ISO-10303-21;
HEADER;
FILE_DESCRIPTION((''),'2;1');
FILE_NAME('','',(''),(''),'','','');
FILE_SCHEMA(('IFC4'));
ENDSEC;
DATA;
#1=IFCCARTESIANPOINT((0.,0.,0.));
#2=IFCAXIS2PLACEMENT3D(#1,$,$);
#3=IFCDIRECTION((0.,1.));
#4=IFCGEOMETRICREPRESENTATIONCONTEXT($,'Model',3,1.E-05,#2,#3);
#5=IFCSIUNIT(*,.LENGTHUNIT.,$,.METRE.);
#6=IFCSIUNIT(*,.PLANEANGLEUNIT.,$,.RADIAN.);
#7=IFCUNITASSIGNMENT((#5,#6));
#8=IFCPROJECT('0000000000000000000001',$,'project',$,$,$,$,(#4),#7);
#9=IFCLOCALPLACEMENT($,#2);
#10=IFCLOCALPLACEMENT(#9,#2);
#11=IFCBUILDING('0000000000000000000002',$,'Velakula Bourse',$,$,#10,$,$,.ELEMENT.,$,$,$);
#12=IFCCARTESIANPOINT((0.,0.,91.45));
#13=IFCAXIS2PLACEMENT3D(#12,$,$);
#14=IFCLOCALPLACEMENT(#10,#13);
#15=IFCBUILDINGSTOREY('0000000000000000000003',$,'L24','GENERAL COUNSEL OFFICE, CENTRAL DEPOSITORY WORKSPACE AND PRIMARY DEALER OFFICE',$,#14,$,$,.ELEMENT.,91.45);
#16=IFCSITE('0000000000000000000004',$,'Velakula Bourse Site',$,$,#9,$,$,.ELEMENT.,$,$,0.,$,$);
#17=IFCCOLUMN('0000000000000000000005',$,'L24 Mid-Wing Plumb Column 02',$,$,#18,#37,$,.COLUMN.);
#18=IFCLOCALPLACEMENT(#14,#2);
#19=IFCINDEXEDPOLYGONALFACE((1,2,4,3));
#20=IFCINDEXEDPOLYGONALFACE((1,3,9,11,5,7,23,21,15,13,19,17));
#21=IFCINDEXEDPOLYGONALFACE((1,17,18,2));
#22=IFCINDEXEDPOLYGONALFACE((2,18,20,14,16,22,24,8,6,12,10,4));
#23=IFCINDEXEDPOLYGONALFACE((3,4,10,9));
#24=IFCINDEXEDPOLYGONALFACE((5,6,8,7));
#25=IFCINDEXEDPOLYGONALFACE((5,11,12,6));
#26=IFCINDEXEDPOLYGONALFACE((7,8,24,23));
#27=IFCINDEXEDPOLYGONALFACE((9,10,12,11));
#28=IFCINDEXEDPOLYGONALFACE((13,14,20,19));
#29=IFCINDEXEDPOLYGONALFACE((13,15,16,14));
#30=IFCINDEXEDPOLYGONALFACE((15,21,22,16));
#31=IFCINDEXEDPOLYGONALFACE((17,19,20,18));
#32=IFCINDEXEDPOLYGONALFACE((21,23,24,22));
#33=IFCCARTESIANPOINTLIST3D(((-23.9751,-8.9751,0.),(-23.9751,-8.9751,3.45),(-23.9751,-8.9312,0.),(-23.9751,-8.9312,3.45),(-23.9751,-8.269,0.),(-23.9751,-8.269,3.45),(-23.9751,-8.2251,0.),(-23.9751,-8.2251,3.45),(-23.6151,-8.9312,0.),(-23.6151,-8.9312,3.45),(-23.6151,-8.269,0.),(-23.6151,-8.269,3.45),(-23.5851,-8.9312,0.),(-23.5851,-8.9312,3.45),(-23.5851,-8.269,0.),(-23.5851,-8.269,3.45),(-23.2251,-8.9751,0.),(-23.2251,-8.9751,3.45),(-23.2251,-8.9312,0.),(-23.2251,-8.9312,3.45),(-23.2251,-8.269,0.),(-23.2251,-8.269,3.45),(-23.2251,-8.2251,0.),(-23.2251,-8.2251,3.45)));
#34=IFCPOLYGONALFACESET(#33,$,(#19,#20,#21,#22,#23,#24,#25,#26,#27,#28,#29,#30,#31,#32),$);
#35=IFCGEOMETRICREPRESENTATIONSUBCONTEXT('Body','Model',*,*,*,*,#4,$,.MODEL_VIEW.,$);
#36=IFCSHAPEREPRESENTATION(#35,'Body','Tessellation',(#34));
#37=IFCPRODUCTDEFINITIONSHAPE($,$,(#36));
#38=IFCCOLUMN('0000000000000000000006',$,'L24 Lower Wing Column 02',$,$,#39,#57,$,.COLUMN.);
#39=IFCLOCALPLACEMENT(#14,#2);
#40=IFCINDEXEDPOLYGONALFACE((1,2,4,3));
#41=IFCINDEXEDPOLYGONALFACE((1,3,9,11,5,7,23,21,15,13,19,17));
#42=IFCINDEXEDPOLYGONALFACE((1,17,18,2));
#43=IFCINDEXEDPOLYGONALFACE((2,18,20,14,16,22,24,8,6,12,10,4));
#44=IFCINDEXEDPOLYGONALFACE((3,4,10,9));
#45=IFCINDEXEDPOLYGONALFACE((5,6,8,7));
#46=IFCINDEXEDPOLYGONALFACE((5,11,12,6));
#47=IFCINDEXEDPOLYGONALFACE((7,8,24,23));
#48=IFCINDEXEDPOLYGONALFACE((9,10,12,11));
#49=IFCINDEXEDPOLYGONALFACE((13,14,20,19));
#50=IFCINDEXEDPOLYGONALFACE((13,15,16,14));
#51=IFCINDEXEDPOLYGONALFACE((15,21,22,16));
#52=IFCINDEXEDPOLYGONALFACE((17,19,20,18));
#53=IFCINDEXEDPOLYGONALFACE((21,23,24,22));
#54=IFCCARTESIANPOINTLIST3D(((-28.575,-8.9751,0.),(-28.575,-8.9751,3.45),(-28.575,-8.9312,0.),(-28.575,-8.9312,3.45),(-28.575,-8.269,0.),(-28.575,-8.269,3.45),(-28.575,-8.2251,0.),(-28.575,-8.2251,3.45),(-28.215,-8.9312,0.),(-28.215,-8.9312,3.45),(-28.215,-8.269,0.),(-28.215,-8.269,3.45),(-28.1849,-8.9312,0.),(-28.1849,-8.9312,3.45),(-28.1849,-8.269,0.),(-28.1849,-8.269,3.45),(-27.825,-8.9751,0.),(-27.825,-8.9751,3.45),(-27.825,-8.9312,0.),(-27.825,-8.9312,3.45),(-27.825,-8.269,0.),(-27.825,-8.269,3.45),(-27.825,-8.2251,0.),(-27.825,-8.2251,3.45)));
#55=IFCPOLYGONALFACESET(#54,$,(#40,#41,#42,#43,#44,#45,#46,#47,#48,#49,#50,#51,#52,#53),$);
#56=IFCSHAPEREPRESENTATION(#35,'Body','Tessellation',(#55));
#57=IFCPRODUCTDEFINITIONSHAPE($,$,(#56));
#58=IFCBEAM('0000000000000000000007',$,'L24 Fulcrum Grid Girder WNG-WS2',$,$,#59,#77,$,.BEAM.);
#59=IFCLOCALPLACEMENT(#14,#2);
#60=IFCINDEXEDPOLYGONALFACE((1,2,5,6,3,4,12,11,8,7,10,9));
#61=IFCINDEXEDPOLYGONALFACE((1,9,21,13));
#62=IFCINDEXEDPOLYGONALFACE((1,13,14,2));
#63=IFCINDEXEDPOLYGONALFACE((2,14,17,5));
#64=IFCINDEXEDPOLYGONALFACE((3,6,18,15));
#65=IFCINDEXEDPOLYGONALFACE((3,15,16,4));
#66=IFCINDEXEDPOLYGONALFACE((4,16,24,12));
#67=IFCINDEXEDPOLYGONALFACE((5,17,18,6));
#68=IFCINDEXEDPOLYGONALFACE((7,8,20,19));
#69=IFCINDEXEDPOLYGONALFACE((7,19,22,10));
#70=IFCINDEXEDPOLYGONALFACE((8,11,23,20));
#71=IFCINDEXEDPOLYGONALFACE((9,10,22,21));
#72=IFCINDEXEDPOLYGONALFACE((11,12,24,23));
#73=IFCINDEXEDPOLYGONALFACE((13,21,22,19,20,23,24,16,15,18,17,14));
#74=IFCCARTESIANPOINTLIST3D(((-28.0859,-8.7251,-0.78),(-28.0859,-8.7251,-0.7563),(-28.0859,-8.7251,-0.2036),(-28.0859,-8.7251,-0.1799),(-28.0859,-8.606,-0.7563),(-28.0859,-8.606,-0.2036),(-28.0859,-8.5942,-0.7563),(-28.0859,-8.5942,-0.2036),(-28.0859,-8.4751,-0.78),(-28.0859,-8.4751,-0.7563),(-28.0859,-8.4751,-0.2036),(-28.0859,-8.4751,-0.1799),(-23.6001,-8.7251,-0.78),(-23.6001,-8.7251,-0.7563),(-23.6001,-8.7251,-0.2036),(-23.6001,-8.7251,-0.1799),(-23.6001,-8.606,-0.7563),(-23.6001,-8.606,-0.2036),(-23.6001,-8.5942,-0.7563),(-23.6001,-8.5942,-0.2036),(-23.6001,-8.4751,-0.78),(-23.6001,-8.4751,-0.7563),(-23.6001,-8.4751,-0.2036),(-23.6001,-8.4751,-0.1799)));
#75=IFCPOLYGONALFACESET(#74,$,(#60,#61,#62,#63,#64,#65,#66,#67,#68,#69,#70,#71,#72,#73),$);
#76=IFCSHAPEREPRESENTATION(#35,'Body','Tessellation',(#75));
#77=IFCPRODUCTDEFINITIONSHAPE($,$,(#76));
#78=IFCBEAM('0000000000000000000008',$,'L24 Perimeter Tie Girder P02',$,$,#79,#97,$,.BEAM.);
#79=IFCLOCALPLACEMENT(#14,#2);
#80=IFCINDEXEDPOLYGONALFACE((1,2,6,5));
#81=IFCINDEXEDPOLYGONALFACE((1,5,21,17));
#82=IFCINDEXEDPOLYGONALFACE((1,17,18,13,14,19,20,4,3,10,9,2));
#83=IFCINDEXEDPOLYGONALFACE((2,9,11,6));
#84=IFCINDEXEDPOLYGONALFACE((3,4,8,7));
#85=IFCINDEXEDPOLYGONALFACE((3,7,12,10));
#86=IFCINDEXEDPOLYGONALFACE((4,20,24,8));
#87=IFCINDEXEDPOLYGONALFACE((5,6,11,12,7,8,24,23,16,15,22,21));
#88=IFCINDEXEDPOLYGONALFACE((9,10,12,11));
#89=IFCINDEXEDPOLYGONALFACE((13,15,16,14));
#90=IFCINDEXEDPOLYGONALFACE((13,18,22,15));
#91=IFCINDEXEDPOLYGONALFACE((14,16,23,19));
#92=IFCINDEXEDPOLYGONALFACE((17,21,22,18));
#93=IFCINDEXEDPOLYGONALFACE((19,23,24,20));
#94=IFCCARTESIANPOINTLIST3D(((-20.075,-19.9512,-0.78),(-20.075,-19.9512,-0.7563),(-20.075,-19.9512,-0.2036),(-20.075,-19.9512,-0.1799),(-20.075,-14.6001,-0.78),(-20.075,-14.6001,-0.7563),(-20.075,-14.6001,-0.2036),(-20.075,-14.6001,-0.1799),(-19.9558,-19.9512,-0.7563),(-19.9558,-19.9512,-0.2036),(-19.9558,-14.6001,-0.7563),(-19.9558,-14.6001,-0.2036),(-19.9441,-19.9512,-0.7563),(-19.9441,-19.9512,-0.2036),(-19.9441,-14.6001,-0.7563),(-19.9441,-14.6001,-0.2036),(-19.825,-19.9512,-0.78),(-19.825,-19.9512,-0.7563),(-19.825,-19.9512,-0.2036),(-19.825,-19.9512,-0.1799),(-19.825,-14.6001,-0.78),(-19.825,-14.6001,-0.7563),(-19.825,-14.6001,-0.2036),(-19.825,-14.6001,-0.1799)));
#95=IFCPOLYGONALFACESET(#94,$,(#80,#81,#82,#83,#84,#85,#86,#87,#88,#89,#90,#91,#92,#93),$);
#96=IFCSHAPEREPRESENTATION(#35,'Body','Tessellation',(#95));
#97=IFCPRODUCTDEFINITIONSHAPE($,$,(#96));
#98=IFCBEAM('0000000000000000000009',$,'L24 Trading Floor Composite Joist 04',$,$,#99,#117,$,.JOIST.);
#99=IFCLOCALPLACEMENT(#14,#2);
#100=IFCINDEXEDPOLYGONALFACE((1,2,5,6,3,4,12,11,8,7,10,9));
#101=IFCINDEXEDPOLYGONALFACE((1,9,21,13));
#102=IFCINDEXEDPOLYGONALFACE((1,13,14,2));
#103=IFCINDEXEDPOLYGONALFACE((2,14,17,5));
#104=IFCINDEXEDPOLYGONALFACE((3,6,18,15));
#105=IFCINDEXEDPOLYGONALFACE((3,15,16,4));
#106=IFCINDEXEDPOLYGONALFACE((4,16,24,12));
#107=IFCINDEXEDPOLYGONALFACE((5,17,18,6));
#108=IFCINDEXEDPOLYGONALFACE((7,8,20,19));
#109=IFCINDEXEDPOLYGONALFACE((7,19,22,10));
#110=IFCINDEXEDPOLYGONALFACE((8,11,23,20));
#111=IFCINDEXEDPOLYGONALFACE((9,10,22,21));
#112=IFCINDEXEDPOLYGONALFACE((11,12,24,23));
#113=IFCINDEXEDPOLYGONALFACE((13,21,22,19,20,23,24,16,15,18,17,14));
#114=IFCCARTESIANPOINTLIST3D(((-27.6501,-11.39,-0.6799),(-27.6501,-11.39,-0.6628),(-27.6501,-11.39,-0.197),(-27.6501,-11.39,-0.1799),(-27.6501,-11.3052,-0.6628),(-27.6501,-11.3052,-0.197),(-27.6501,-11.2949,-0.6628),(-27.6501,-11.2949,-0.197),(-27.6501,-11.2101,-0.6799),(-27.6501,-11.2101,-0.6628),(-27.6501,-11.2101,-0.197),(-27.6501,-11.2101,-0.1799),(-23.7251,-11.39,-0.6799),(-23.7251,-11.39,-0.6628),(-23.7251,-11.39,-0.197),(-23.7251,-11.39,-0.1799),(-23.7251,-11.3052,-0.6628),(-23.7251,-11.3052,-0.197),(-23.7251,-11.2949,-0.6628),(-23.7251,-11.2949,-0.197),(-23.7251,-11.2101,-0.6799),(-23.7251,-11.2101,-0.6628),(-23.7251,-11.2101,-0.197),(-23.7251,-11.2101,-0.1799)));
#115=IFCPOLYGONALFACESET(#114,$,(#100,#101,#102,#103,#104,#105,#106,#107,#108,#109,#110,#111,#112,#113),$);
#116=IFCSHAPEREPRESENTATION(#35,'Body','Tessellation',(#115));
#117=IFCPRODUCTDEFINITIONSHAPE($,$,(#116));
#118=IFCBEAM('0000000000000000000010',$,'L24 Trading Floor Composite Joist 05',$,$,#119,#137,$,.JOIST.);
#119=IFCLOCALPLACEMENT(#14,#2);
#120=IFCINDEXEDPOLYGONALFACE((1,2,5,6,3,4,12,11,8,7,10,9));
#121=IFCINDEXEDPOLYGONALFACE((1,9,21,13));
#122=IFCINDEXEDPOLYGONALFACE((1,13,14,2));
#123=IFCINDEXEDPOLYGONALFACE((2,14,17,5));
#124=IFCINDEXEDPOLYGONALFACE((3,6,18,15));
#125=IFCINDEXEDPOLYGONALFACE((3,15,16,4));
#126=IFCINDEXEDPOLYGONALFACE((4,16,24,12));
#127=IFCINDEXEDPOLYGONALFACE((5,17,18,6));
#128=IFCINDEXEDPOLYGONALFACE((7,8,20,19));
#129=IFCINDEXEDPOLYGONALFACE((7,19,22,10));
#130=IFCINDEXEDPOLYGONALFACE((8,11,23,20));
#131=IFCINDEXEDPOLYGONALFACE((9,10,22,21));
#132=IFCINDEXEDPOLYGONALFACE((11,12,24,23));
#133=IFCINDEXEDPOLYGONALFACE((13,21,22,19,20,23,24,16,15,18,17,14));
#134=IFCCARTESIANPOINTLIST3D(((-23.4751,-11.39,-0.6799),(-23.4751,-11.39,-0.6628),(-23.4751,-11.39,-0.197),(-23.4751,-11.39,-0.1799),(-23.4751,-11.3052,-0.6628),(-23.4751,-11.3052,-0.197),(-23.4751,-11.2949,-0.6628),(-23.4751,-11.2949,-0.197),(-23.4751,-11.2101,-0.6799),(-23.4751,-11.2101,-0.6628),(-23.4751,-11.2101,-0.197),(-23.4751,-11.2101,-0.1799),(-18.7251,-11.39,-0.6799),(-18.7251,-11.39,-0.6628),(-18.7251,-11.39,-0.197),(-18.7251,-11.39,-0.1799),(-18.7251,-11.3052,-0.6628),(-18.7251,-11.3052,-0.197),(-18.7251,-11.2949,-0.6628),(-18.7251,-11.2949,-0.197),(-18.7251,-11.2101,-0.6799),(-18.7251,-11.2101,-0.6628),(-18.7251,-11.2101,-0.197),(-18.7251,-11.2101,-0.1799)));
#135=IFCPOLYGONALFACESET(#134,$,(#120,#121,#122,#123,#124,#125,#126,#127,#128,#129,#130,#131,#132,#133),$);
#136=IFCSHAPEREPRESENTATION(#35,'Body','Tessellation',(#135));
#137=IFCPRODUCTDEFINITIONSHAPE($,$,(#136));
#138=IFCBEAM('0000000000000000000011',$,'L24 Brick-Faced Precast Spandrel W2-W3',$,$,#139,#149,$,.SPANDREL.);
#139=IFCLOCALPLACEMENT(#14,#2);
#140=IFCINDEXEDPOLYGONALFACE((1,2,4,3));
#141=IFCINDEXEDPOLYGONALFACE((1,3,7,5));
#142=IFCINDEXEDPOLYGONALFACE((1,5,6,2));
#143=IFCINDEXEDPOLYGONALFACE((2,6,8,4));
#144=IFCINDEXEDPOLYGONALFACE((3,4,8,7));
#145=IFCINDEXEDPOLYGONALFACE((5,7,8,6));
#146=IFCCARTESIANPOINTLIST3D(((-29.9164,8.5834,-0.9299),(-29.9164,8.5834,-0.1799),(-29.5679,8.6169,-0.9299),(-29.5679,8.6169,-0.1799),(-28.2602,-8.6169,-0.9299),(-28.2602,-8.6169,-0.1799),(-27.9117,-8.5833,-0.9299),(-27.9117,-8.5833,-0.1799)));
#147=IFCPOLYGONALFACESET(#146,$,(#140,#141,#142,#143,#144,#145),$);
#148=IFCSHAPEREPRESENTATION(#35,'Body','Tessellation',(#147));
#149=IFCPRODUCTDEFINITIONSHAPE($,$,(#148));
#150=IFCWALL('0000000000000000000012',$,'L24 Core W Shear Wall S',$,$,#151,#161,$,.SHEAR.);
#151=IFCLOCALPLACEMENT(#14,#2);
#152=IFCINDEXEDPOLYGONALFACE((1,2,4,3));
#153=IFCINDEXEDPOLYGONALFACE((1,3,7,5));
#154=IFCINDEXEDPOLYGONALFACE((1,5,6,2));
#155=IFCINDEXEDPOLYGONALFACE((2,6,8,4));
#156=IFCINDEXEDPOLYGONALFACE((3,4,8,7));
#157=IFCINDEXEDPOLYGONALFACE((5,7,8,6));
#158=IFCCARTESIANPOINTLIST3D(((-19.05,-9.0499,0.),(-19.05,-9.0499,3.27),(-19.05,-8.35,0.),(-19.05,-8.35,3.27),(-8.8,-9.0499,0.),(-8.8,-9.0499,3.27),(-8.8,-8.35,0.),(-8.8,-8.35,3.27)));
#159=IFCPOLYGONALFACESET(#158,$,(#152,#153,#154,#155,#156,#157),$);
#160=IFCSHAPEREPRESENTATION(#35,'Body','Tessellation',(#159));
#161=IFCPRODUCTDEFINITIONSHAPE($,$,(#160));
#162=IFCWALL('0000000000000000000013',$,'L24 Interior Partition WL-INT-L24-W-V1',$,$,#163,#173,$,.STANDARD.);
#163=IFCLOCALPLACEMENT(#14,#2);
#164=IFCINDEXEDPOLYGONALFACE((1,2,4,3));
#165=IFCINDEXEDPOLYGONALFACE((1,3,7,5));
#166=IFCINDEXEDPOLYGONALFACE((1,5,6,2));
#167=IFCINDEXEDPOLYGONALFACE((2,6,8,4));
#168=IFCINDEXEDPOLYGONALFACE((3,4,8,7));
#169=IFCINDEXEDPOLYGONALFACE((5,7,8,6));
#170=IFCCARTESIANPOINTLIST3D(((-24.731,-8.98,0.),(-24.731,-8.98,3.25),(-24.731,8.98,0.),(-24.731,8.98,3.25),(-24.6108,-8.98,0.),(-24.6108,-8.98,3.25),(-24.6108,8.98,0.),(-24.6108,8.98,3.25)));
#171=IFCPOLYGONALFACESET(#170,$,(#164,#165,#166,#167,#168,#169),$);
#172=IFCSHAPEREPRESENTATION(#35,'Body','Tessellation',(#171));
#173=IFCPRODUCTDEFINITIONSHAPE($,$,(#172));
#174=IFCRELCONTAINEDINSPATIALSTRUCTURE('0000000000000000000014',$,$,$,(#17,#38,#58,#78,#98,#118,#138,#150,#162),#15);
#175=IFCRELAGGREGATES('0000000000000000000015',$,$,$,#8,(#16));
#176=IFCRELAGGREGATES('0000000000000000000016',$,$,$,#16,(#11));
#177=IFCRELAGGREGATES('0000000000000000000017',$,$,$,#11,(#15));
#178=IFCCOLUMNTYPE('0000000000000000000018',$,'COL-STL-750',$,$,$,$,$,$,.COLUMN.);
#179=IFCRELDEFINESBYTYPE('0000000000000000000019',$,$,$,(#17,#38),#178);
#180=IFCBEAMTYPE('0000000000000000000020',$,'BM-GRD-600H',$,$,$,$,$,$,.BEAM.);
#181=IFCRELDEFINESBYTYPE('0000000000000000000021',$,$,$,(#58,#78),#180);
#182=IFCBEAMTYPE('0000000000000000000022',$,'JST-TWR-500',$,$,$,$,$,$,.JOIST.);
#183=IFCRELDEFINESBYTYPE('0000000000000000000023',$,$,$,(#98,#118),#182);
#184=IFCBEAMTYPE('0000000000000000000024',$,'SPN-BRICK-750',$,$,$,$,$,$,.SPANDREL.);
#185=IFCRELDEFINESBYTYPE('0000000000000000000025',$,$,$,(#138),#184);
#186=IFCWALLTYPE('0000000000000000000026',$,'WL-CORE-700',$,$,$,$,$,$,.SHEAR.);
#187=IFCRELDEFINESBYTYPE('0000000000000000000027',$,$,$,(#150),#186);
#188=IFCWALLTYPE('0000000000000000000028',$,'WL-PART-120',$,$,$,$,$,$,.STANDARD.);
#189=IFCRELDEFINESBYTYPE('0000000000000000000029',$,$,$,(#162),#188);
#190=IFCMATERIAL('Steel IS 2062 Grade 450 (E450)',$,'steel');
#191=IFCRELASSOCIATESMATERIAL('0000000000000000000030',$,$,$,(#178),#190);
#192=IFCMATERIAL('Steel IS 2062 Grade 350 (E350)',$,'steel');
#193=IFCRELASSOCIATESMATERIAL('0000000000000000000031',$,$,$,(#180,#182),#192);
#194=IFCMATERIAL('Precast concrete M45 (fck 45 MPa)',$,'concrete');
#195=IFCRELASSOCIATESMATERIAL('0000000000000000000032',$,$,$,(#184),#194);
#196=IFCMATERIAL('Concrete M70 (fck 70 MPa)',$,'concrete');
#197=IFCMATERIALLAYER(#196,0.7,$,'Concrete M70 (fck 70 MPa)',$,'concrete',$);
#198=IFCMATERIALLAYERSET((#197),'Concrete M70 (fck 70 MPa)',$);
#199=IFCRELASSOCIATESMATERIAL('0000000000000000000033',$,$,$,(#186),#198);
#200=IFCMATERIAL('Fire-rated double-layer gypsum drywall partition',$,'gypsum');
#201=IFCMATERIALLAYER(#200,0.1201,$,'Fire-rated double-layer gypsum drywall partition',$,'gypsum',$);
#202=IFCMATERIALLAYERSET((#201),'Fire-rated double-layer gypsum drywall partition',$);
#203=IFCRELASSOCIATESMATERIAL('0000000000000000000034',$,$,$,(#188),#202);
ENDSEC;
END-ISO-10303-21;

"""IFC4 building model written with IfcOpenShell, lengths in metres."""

from ifc_helpers import new_model, si_unit, direction, frame, frame_2d, origin, origin_2d, place, context, subcontext, project, spatial, rectangle, i_section, extrude, material, layer, layer_set, material_profile, profile_set, type_object, element, save


model = new_model("IFC4")

# Units and contexts
model_context = context("Model", 3, precision=1e-05, world=origin(), true_north=direction((0.0, 1.0)))
body_context = subcontext(model_context, "Body", "Model", "MODEL_VIEW")
ifc_project = project(units=[si_unit("LENGTHUNIT", "METRE"), si_unit("PLANEANGLEUNIT", "RADIAN")], contexts=[model_context])

# Site, building, storey
site_placement = place(None, origin())
site = spatial("IfcSite", under=ifc_project, at=site_placement, Name="Velakula Bourse Site", CompositionType="ELEMENT", RefElevation=0.0)
building_placement = place(site_placement, origin())
building = spatial("IfcBuilding", under=site, at=building_placement, Name="Velakula Bourse", CompositionType="ELEMENT")
storey_placement = place(building_placement, frame((0.0, 0.0, 91.45)))
storey = spatial("IfcBuildingStorey", under=building, at=storey_placement, Name="L24", Description="GENERAL COUNSEL OFFICE, CENTRAL DEPOSITORY WORKSPACE AND PRIMARY DEALER OFFICE", CompositionType="ELEMENT", Elevation=91.45)

# Columns
ifc_material_1 = material(Name="Steel IS 2062 Grade 450 (E450)", Category="steel")
ifc_material_profile_1 = material_profile(ifc_material_1, i_section(OverallWidth=0.75, OverallDepth=0.75, WebThickness=0.03, FlangeThickness=0.0439, at=origin_2d()), Name="Steel IS 2062 Grade 450 (E450)")
ifc_profile_set_1 = profile_set([ifc_material_profile_1], Name="Steel IS 2062 Grade 450 (E450)")
column_type = type_object("IfcColumnType", Name="COL-STL-750", PredefinedType="COLUMN", material=ifc_profile_set_1)
for number, where, z_axis, x_axis, name in (
    (1, (-23.6001, -8.6001, 0.0), (0.0, 0.0, 1.0), (1.0, 0.0, 0.0), "L24 Mid-Wing Plumb Column 02"),
    (2, (-28.2, -8.6001, 0.0), (0.0, 0.0, 1.0), (1.0, 0.0, 0.0), "L24 Lower Wing Column 02"),
):
    element("IfcColumn", number, at=place(storey_placement, frame(where, z_axis=z_axis, x_axis=x_axis)), inside=storey, type_object=column_type, Name=name, PredefinedType="COLUMN", context=body_context, shape_type="SweptSolid", body=[
        extrude(i_section(OverallWidth=0.75, OverallDepth=0.75, WebThickness=0.03, FlangeThickness=0.0439, at=origin_2d()), origin(), (0.0, 0.0, 1.0), 3.45),
    ])

# Beams
ifc_material_2 = material(Name="Steel IS 2062 Grade 350 (E350)", Category="steel")
ifc_material_profile_2 = material_profile(ifc_material_2, i_section(OverallWidth=0.25, OverallDepth=0.6001, WebThickness=0.0117, FlangeThickness=0.0237, at=origin_2d()), Name="Steel IS 2062 Grade 350 (E350)")
ifc_profile_set_2 = profile_set([ifc_material_profile_2], Name="Steel IS 2062 Grade 350 (E350)")
beam_type_1 = type_object("IfcBeamType", Name="BM-GRD-600H", PredefinedType="BEAM", material=ifc_profile_set_2)
beam_1_placement = place(storey_placement, frame((-28.0859, -8.6001, -0.48), z_axis=(1.0, 0.0, 0.0), x_axis=(0.0, 1.0, 0.0)))
element("IfcBeam", 3, at=beam_1_placement, inside=storey, type_object=beam_type_1, Name="L24 Fulcrum Grid Girder WNG-WS2", PredefinedType="BEAM", context=body_context, shape_type="SweptSolid", body=[
    extrude(i_section(OverallWidth=0.25, OverallDepth=0.6001, WebThickness=0.0117, FlangeThickness=0.0237, at=origin_2d()), origin(), (0.0, 0.0, 1.0), 4.4858),
])
beam_2_placement = place(storey_placement, frame((-19.95, -14.6001, -0.48), z_axis=(0.0, -1.0, 0.0), x_axis=(1.0, 0.0, 0.0)))
element("IfcBeam", 4, at=beam_2_placement, inside=storey, type_object=beam_type_1, Name="L24 Perimeter Tie Girder P02", PredefinedType="BEAM", context=body_context, shape_type="SweptSolid", body=[
    extrude(i_section(OverallWidth=0.25, OverallDepth=0.6001, WebThickness=0.0117, FlangeThickness=0.0237, at=origin_2d()), origin(), (0.0, 0.0, 1.0), 5.3511),
])
ifc_material_profile_3 = material_profile(ifc_material_2, i_section(OverallWidth=0.1799, OverallDepth=0.5, WebThickness=0.0103, FlangeThickness=0.0171, at=origin_2d()), Name="Steel IS 2062 Grade 350 (E350)")
ifc_profile_set_3 = profile_set([ifc_material_profile_3], Name="Steel IS 2062 Grade 350 (E350)")
beam_type_2 = type_object("IfcBeamType", Name="JST-TWR-500", PredefinedType="JOIST", material=ifc_profile_set_3)
beam_3_placement = place(storey_placement, frame((-27.6501, -11.3, -0.4299), z_axis=(1.0, 0.0, 0.0), x_axis=(0.0, 1.0, 0.0)))
element("IfcBeam", 5, at=beam_3_placement, inside=storey, type_object=beam_type_2, Name="L24 Trading Floor Composite Joist 04", PredefinedType="JOIST", context=body_context, shape_type="SweptSolid", body=[
    extrude(i_section(OverallWidth=0.1799, OverallDepth=0.5, WebThickness=0.0103, FlangeThickness=0.0171, at=origin_2d()), origin(), (0.0, 0.0, 1.0), 3.925),
])
beam_4_placement = place(storey_placement, frame((-23.4751, -11.3, -0.4299), z_axis=(1.0, 0.0, 0.0), x_axis=(0.0, 1.0, 0.0)))
element("IfcBeam", 6, at=beam_4_placement, inside=storey, type_object=beam_type_2, Name="L24 Trading Floor Composite Joist 05", PredefinedType="JOIST", context=body_context, shape_type="SweptSolid", body=[
    extrude(i_section(OverallWidth=0.1799, OverallDepth=0.5, WebThickness=0.0103, FlangeThickness=0.0171, at=origin_2d()), origin(), (0.0, 0.0, 1.0), 4.75),
])
ifc_material_3 = material(Name="Precast concrete M45 (fck 45 MPa)", Category="concrete")
ifc_material_profile_4 = material_profile(ifc_material_3, rectangle(XDim=0.3501, YDim=0.75, at=origin_2d()), Name="Precast concrete M45 (fck 45 MPa)")
ifc_profile_set_4 = profile_set([ifc_material_profile_4], Name="Precast concrete M45 (fck 45 MPa)")
beam_type_3 = type_object("IfcBeamType", Name="SPN-BRICK-750", PredefinedType="SPANDREL", material=ifc_profile_set_4)
beam_5_placement = place(storey_placement, frame((-28.0859, -8.6001, -0.5549), z_axis=(-0.095849, 0.995396, 0.0), x_axis=(-0.995396, -0.095849, 0.0)))
element("IfcBeam", 7, at=beam_5_placement, inside=storey, type_object=beam_type_3, Name="L24 Brick-Faced Precast Spandrel W2-W3", PredefinedType="SPANDREL", context=body_context, shape_type="SweptSolid", body=[
    extrude(rectangle(XDim=0.3501, YDim=0.75, at=origin_2d()), origin(), (0.0, 0.0, 1.0), 17.2798),
])

# Walls
ifc_material_4 = material(Name="Concrete M70 (fck 70 MPa)", Category="concrete")
ifc_layer_1 = layer(ifc_material_4, 0.7, Name="Concrete M70 (fck 70 MPa)", Category="concrete")
ifc_layer_set_1 = layer_set([ifc_layer_1], Name="Concrete M70 (fck 70 MPa)")
wall_type_1 = type_object("IfcWallType", Name="WL-CORE-700", PredefinedType="SHEAR", material=ifc_layer_set_1)
wall_1_placement = place(storey_placement, frame((-19.05, -8.7, 0.0), z_axis=(0.0, 0.0, 1.0), x_axis=(1.0, 0.0, 0.0)))
element("IfcWall", 8, at=wall_1_placement, inside=storey, type_object=wall_type_1, Name="L24 Core W Shear Wall S", PredefinedType="SHEAR", context=body_context, shape_type="SweptSolid", body=[
    extrude(rectangle(XDim=10.25, YDim=0.7, at=frame_2d((5.125, 0.0))), origin(), (0.0, 0.0, 1.0), 3.27),
])
ifc_material_5 = material(Name="Fire-rated double-layer gypsum drywall partition", Category="gypsum")
ifc_layer_2 = layer(ifc_material_5, 0.1201, Name="Fire-rated double-layer gypsum drywall partition", Category="gypsum")
ifc_layer_set_2 = layer_set([ifc_layer_2], Name="Fire-rated double-layer gypsum drywall partition")
wall_type_2 = type_object("IfcWallType", Name="WL-PART-120", PredefinedType="STANDARD", material=ifc_layer_set_2)
wall_2_placement = place(storey_placement, frame((-24.6709, -8.98, 0.0), z_axis=(0.0, 0.0, 1.0), x_axis=(0.0, 1.0, 0.0)))
element("IfcWall", 9, at=wall_2_placement, inside=storey, type_object=wall_type_2, Name="L24 Interior Partition WL-INT-L24-W-V1", PredefinedType="STANDARD", context=body_context, shape_type="SweptSolid", body=[
    extrude(rectangle(XDim=17.96, YDim=0.1201, at=frame_2d((8.98, 0.0))), origin(), (0.0, 0.0, 1.0), 3.25),
])

save(model, "model.ifc")
